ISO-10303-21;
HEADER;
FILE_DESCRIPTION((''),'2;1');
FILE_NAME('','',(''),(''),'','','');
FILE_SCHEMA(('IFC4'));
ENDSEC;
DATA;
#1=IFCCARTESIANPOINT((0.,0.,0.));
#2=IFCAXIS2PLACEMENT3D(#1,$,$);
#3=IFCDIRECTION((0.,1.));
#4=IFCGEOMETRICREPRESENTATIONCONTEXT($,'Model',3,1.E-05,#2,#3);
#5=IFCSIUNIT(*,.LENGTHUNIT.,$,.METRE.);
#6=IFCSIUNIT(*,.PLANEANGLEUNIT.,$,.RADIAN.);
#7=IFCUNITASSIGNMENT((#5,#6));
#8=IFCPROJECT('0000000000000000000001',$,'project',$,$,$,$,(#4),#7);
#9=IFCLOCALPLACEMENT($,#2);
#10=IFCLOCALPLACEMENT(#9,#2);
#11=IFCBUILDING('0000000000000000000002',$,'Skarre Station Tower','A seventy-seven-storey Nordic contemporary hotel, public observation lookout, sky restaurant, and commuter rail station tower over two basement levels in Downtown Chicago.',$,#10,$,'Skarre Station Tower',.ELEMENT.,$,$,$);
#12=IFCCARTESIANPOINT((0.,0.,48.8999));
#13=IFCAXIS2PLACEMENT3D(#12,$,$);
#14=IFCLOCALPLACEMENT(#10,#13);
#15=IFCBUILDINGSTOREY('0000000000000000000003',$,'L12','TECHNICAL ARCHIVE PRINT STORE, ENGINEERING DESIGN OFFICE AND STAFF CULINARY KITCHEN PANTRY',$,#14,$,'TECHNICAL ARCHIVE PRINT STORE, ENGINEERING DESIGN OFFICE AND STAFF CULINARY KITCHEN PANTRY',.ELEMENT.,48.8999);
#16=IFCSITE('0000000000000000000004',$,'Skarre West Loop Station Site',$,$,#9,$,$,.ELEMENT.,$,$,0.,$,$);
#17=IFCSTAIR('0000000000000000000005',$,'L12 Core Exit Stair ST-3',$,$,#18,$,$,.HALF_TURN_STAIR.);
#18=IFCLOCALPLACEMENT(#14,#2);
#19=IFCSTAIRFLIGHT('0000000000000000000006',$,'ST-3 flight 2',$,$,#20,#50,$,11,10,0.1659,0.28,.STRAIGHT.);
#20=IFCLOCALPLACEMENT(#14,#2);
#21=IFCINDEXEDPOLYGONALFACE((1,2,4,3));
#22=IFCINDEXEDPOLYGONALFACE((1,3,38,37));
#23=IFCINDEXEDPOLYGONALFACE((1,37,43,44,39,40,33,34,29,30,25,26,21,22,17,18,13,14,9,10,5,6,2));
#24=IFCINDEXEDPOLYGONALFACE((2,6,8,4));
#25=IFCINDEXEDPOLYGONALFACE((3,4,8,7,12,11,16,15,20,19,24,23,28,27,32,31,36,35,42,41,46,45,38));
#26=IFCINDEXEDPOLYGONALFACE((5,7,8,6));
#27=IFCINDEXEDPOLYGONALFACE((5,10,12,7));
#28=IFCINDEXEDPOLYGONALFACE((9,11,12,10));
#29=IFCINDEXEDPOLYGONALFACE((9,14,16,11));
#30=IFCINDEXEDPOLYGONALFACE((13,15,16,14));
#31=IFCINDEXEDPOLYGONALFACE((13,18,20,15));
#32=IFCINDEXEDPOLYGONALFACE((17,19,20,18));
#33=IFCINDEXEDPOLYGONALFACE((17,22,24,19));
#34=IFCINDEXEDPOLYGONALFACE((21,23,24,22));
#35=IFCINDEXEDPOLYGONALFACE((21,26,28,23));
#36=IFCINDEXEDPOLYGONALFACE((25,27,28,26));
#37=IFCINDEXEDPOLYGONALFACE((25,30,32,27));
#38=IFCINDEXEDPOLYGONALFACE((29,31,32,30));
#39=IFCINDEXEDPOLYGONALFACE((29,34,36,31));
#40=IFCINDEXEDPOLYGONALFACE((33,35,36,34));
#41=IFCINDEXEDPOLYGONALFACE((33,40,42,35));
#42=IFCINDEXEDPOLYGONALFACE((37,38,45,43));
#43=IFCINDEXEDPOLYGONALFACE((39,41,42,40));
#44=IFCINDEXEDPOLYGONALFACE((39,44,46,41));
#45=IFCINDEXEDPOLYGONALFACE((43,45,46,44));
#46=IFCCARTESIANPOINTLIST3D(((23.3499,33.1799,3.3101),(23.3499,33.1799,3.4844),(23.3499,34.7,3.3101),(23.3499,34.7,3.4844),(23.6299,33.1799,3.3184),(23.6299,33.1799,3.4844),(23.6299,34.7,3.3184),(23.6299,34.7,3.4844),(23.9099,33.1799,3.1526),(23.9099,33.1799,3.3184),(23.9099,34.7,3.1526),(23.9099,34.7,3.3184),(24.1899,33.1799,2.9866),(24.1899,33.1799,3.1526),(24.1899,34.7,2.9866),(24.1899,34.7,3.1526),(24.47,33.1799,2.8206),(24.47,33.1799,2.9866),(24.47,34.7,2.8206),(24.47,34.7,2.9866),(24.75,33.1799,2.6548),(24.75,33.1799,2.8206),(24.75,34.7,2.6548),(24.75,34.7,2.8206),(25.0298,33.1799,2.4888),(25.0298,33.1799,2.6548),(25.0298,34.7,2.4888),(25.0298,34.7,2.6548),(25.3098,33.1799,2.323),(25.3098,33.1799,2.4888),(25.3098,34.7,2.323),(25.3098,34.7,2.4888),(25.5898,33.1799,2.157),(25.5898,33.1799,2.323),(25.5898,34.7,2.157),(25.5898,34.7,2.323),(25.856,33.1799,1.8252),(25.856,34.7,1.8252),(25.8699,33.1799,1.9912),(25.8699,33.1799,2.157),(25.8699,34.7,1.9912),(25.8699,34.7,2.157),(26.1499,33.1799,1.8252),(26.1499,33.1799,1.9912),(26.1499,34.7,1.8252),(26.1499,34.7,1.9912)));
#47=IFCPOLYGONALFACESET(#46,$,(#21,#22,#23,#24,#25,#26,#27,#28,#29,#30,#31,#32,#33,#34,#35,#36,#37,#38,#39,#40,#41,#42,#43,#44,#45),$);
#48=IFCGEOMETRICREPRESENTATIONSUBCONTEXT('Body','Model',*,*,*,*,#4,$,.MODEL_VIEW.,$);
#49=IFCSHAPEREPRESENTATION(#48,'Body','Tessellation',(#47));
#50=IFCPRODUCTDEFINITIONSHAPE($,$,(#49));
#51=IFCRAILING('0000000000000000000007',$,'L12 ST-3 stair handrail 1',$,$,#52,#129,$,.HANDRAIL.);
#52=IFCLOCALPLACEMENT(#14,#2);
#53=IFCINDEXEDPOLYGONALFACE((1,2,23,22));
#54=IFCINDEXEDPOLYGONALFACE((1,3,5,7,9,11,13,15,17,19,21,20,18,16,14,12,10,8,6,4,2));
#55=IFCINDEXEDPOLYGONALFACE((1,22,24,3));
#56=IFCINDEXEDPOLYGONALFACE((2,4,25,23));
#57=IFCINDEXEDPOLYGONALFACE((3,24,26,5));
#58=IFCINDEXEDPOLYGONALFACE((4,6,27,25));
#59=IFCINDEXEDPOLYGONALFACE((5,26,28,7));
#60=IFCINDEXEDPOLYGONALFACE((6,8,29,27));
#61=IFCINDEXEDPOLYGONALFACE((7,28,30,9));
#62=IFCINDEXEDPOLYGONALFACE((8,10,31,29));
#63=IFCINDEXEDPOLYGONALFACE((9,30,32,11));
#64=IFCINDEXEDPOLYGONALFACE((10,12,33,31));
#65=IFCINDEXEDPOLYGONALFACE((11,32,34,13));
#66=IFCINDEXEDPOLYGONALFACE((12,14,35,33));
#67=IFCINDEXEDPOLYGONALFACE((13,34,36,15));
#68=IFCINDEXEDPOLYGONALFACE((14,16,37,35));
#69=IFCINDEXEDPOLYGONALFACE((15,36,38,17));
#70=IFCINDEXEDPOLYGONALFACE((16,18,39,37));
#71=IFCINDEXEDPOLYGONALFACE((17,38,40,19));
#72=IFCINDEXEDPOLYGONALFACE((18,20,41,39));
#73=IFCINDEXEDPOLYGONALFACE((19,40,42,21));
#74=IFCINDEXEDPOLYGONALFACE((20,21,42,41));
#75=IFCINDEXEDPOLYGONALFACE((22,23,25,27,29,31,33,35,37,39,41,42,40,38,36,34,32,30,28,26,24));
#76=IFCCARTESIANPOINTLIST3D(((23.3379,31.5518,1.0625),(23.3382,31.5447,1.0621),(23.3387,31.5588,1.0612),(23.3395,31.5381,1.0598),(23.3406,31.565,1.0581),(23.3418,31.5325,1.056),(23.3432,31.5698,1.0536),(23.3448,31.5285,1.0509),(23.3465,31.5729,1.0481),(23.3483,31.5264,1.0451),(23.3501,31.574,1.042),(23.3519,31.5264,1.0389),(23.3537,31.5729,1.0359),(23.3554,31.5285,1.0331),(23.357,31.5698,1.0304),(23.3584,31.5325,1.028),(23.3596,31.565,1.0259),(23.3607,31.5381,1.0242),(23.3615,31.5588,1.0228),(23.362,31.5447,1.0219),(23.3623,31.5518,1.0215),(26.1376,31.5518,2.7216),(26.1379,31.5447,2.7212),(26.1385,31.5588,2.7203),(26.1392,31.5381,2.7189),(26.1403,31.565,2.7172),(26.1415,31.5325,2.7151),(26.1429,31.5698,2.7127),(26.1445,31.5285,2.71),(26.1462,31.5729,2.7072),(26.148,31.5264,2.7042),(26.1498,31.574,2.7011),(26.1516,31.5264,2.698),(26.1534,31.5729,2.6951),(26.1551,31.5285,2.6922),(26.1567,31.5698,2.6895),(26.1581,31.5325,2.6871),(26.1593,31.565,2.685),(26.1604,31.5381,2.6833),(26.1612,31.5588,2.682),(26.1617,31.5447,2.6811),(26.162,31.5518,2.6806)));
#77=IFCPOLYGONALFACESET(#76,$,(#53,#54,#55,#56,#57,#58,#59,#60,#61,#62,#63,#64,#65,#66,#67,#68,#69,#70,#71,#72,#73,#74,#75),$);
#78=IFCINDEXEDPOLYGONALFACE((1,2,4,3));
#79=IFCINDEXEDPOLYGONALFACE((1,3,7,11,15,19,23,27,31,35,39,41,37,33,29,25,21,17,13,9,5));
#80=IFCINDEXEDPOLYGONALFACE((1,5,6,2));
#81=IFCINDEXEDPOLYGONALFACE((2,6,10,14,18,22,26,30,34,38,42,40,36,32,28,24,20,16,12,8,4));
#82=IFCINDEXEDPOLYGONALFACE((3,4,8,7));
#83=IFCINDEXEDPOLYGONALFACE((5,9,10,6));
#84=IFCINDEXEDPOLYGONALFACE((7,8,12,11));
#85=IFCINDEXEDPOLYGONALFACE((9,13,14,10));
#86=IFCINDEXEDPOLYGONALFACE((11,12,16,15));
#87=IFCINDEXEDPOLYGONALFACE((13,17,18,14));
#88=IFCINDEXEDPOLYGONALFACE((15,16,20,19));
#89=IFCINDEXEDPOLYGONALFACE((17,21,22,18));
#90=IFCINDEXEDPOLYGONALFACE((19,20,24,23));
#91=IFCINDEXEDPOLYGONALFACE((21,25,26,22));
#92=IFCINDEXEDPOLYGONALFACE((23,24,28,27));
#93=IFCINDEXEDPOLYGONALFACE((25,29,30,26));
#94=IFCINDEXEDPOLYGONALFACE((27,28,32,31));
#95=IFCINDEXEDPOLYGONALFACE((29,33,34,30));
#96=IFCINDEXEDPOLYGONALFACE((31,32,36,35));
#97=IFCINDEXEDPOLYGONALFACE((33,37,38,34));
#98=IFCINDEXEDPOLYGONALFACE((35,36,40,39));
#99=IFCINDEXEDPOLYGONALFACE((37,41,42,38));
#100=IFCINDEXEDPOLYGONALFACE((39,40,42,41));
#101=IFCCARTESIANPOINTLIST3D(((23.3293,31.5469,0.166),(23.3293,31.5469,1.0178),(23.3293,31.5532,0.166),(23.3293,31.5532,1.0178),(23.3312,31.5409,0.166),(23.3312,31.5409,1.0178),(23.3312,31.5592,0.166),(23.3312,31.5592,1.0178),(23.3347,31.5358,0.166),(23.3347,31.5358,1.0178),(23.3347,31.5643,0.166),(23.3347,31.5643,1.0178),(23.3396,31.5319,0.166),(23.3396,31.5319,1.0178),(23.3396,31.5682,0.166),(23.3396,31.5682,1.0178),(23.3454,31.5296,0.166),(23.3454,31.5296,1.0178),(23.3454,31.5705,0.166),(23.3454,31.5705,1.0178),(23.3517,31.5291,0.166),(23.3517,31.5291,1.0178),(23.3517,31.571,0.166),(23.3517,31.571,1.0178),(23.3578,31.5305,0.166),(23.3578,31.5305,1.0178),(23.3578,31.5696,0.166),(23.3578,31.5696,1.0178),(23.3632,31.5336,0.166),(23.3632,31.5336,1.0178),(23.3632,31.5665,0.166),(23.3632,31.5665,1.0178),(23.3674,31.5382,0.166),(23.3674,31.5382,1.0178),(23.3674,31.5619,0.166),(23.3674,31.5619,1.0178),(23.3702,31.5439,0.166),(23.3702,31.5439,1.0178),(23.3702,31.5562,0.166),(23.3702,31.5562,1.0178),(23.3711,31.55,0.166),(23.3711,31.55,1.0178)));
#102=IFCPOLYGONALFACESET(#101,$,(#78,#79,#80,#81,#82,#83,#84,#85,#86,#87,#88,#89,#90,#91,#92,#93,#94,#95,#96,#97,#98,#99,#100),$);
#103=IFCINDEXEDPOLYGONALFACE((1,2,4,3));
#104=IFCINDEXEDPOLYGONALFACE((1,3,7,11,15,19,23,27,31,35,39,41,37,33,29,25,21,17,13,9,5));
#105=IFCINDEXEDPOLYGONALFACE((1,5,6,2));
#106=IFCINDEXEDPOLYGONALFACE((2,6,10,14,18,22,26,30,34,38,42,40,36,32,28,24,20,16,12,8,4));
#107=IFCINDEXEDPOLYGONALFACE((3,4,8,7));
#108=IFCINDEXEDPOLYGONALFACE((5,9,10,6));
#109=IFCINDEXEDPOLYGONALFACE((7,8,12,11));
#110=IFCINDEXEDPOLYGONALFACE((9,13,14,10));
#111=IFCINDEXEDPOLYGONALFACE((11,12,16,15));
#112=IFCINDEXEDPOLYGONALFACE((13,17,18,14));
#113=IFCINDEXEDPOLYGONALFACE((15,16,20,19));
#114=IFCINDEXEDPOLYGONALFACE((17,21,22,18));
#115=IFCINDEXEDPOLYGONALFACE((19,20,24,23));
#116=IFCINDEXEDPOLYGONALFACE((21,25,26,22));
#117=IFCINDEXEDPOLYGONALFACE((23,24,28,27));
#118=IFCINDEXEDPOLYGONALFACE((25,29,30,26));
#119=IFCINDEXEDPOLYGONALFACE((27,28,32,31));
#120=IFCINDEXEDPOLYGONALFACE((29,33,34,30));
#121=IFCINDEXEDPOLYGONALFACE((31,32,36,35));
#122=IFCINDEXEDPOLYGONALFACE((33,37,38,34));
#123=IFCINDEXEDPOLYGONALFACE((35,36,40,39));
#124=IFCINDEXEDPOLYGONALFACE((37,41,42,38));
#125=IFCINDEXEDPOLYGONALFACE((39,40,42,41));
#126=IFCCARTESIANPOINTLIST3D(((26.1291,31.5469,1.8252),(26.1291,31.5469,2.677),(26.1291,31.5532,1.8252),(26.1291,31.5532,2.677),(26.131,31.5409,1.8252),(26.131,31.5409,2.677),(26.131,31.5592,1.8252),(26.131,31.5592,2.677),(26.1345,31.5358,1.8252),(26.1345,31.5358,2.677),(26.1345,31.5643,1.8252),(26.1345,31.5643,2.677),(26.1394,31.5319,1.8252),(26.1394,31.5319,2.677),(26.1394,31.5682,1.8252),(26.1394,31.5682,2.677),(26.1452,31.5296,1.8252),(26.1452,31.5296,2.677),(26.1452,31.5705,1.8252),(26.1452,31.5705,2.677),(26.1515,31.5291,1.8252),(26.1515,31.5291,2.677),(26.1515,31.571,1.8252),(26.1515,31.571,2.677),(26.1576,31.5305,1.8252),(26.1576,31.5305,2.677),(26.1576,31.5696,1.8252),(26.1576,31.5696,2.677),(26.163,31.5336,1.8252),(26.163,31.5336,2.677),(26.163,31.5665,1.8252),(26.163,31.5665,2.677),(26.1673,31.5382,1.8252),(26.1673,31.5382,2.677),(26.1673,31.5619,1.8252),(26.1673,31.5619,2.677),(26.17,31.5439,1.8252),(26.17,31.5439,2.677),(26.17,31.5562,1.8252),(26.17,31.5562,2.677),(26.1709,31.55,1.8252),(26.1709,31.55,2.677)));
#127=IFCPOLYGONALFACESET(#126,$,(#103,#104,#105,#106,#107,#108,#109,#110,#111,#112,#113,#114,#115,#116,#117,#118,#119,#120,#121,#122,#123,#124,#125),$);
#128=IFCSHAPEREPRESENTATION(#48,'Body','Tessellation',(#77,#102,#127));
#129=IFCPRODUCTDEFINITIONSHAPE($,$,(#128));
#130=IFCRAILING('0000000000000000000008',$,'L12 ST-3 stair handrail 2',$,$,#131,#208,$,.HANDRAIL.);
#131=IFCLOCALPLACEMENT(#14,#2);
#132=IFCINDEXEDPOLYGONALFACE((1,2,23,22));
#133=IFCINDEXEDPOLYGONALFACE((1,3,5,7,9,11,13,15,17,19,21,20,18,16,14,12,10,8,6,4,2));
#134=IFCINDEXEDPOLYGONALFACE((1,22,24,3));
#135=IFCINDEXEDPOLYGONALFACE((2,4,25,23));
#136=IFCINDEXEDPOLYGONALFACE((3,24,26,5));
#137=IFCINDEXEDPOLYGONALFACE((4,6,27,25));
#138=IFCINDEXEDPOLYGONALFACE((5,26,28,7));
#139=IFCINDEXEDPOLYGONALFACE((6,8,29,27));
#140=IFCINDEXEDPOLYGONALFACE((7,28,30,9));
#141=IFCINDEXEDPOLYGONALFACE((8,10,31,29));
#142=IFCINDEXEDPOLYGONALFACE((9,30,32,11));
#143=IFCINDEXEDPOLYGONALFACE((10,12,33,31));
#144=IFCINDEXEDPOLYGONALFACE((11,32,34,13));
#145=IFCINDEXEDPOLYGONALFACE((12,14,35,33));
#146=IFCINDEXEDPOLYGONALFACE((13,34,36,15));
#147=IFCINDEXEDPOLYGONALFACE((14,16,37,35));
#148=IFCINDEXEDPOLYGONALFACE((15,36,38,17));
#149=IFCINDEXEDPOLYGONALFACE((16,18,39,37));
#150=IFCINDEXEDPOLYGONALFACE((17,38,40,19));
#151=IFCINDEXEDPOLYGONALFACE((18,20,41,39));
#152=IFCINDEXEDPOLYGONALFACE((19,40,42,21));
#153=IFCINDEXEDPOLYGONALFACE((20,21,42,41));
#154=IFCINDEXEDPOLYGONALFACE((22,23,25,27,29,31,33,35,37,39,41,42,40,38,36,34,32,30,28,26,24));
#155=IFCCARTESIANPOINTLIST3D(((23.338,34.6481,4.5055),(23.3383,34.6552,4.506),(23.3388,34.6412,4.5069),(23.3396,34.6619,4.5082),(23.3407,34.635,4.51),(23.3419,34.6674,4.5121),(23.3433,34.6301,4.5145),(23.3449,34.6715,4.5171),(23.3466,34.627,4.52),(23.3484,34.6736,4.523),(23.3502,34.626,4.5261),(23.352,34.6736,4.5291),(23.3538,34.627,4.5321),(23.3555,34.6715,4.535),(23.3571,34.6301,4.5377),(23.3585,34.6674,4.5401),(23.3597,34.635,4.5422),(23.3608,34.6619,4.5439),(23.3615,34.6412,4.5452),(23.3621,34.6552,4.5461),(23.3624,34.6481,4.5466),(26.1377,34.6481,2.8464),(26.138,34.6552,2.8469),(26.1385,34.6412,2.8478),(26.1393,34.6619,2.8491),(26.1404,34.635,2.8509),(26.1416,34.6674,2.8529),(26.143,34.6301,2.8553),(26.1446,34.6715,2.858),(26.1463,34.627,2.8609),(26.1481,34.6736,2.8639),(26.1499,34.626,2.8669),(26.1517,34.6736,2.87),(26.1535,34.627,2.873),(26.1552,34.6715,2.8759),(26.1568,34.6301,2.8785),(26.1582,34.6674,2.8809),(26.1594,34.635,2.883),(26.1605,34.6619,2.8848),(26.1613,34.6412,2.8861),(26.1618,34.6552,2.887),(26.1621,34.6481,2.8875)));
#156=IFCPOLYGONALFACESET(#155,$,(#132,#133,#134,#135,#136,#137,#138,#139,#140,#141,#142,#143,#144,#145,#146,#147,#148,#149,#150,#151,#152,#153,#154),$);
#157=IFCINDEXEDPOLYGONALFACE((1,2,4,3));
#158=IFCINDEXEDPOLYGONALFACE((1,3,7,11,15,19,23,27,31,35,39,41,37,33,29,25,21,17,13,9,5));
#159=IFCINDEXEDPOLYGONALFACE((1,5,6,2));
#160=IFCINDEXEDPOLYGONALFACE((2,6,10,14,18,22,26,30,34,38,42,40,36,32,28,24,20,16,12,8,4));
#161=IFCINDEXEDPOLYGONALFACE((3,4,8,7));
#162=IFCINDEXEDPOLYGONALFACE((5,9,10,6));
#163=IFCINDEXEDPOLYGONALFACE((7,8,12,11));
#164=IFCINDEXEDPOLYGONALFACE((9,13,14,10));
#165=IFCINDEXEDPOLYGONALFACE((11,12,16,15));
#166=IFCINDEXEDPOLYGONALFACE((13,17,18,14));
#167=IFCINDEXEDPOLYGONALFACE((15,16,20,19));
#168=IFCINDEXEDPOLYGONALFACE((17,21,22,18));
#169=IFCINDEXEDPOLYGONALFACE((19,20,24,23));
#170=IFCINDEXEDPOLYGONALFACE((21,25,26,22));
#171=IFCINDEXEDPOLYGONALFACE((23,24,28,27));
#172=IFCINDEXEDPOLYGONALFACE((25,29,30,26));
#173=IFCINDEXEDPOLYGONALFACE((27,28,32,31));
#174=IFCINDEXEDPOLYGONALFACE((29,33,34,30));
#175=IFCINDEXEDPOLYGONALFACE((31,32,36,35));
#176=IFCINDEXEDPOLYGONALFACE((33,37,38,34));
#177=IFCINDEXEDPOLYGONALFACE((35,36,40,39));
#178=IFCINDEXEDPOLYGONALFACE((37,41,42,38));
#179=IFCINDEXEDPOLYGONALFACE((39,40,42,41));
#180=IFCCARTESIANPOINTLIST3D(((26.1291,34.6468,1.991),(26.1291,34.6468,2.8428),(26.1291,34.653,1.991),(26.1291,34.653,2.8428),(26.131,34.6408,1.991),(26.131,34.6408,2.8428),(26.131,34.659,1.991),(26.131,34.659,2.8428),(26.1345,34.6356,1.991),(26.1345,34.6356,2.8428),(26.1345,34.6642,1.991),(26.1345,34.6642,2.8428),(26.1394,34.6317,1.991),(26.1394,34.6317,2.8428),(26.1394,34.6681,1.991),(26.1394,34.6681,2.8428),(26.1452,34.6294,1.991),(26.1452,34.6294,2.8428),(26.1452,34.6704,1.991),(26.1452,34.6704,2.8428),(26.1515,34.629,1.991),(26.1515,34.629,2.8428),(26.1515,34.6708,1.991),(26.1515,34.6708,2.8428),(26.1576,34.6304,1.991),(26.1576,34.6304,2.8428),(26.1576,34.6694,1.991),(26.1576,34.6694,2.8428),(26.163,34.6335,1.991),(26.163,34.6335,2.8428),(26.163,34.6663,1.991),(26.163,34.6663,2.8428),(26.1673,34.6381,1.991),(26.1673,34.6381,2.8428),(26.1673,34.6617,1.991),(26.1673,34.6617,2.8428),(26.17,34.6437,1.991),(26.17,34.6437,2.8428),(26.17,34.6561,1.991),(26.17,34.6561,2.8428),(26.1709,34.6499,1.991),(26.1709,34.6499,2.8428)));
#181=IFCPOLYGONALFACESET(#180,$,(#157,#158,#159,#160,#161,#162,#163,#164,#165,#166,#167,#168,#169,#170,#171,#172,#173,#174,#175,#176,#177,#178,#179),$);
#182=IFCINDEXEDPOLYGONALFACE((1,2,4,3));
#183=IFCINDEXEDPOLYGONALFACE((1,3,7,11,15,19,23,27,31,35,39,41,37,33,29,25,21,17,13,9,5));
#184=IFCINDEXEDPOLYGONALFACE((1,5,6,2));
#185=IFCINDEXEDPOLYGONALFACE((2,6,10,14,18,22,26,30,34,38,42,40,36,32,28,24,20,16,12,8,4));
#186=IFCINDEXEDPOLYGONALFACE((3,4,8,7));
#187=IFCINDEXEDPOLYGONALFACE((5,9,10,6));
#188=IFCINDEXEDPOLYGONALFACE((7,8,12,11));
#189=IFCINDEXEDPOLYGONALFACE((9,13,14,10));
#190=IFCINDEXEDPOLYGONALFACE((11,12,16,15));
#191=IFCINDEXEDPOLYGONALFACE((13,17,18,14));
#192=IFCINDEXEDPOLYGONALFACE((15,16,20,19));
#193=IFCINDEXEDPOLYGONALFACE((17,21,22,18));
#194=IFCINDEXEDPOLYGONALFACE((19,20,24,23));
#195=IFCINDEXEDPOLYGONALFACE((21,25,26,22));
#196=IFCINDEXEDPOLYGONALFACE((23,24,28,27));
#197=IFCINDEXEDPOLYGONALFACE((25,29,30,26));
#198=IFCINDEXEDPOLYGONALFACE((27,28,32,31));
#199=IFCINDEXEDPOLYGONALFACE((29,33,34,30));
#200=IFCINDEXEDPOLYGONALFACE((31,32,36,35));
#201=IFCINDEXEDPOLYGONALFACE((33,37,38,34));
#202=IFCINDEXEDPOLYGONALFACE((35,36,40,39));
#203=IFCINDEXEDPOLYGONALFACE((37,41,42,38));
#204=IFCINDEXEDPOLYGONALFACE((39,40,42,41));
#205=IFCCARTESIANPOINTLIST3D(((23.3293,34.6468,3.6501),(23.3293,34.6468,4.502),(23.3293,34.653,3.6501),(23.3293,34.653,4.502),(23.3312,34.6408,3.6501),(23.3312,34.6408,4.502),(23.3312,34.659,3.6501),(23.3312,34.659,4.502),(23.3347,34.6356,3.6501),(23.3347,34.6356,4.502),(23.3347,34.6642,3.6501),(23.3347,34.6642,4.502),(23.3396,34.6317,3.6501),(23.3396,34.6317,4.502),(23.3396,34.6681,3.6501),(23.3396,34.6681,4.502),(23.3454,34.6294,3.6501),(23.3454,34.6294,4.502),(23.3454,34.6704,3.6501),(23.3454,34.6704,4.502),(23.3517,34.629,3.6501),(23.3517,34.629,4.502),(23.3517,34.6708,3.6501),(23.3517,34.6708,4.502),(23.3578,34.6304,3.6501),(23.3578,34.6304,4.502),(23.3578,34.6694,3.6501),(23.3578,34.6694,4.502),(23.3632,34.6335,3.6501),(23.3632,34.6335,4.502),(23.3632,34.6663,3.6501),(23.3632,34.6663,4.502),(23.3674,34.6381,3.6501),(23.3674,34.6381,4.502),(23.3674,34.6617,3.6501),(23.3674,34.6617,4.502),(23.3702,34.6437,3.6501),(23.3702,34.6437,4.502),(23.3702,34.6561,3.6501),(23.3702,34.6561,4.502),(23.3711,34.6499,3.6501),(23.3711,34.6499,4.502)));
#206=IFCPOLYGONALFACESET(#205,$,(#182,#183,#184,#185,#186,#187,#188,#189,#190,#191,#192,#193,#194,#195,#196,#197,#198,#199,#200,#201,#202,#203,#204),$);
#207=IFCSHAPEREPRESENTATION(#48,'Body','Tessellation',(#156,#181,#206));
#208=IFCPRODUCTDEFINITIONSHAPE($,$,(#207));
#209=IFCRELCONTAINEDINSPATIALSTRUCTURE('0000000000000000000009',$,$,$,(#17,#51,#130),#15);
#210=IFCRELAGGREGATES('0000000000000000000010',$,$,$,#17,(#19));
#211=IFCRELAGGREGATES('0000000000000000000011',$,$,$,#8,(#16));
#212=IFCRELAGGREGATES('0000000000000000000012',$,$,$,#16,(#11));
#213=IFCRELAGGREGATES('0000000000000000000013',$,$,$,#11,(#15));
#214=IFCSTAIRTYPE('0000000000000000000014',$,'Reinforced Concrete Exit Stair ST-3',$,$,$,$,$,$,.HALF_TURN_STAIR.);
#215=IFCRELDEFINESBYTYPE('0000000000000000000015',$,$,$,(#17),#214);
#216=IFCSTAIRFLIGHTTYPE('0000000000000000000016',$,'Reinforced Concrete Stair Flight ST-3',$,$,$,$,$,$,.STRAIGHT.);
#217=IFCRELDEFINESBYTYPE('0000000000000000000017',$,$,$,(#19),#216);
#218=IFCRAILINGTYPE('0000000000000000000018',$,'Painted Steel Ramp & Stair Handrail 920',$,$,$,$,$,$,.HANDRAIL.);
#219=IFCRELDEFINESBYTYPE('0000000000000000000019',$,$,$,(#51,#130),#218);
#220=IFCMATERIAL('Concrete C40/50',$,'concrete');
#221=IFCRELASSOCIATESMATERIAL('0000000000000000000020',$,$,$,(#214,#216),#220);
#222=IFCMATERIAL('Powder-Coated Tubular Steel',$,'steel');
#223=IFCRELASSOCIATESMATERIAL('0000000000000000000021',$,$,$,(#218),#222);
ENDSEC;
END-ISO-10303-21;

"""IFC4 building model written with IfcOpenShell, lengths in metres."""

from ifc_helpers import new_model, si_unit, direction, frame, origin, origin_2d, place, context, subcontext, project, spatial, polyline, circle, outline, extrude, material, type_object, element, aggregate, save


model = new_model("IFC4")

# Units and contexts
model_context = context("Model", 3, precision=1e-05, world=origin(), true_north=direction((0.0, 1.0)))
body_context = subcontext(model_context, "Body", "Model", "MODEL_VIEW")
ifc_project = project(units=[si_unit("LENGTHUNIT", "METRE"), si_unit("PLANEANGLEUNIT", "RADIAN")], contexts=[model_context])

# Site, building, storey
site_placement = place(None, origin())
site = spatial("IfcSite", under=ifc_project, at=site_placement, Name="Skarre West Loop Station Site", CompositionType="ELEMENT", RefElevation=0.0)
building_placement = place(site_placement, origin())
building = spatial("IfcBuilding", under=site, at=building_placement, Name="Skarre Station Tower", Description="A seventy-seven-storey Nordic contemporary hotel, public observation lookout, sky restaurant, and commuter rail station tower over two basement levels in Downtown Chicago.", LongName="Skarre Station Tower", CompositionType="ELEMENT")
storey_placement = place(building_placement, frame((0.0, 0.0, 48.8999)))
storey = spatial("IfcBuildingStorey", under=building, at=storey_placement, Name="L12", Description="TECHNICAL ARCHIVE PRINT STORE, ENGINEERING DESIGN OFFICE AND STAFF CULINARY KITCHEN PANTRY", LongName="TECHNICAL ARCHIVE PRINT STORE, ENGINEERING DESIGN OFFICE AND STAFF CULINARY KITCHEN PANTRY", CompositionType="ELEMENT", Elevation=48.8999)

# Stair, stair flight
ifc_material_1 = material(Name="Concrete C40/50", Category="concrete")
stair_type = type_object("IfcStairType", Name="Reinforced Concrete Exit Stair ST-3", PredefinedType="HALF_TURN_STAIR", material=ifc_material_1)
stair_placement = place(storey_placement, origin())
stair = element("IfcStair", 1, at=stair_placement, inside=storey, type_object=stair_type, Name="L12 Core Exit Stair ST-3", PredefinedType="HALF_TURN_STAIR")
stair_flight_type = type_object("IfcStairFlightType", Name="Reinforced Concrete Stair Flight ST-3", PredefinedType="STRAIGHT", material=ifc_material_1)
stair_flight_1_placement = place(storey_placement, frame((26.1499, 33.9399, 1.8252), z_axis=(0.0, 0.0, 1.0), x_axis=(-1.0, 0.0, 0.0)))
stair_flight_1 = element("IfcStairFlight", 2, at=stair_flight_1_placement, type_object=stair_flight_type, Name="ST-3 flight 2", NumberOfRisers=11, NumberOfTreads=10, PredefinedType="STRAIGHT", RiserHeight=0.1659, TreadLength=0.28, context=body_context, shape_type="SweptSolid", body=[
    extrude(outline(polyline([(0.0, 0.0), (0.0, 0.166), (0.28, 0.166), (0.28, 0.3318), (0.5601, 0.3318), (0.5601, 0.4978), (0.8401, 0.4978), (0.8401, 0.6636), (1.1201, 0.6636), (1.1201, 0.8296), (1.3999, 0.8296), (1.3999, 0.9954), (1.6799, 0.9954), (1.6799, 1.1614), (1.96, 1.1614), (1.96, 1.3274), (2.24, 1.3274), (2.24, 1.4932), (2.52, 1.4932), (2.52, 1.6592), (2.8, 1.6592), (2.8, 1.825), (2.8, 1.4849), (0.2939, 0.0), (0.0, 0.0)])), frame((0.0, 0.76, 0.0), z_axis=(0.0, -1.0, 0.0), x_axis=(1.0, 0.0, 0.0)), (0.0, 0.0, 1.0), 1.52),
])
aggregate(stair, [stair_flight_1])

# Railings
ifc_material_2 = material(Name="Powder-Coated Tubular Steel", Category="steel")
railing_type_1 = type_object("IfcRailingType", Name="Painted Steel Ramp & Stair Handrail 920", PredefinedType="HANDRAIL", material=ifc_material_2)
railing_1_placement = place(storey_placement, frame((23.3501, 31.55, 0.166)))
element("IfcRailing", 3, at=railing_1_placement, inside=storey, type_object=railing_type_1, Name="L12 ST-3 stair handrail 1", PredefinedType="HANDRAIL", context=body_context, shape_type="SweptSolid", body=[
    extrude(circle(Radius=0.0239, at=origin_2d()), frame((0.0, 0.0, 0.876), z_axis=(0.860287, 0.0, 0.509811), x_axis=(0.0, 1.0, 0.0)), (0.0, 0.0, 1.0), 3.2544),
    extrude(circle(Radius=0.021, at=origin_2d()), origin(), (0.0, 0.0, 1.0), 0.8518),
    extrude(circle(Radius=0.021, at=origin_2d()), frame((2.7998, 0.0, 1.6592)), (0.0, 0.0, 1.0), 0.8518),
])
railing_2_placement = place(storey_placement, frame((26.1499, 34.6499, 1.991)))
element("IfcRailing", 4, at=railing_2_placement, inside=storey, type_object=railing_type_1, Name="L12 ST-3 stair handrail 2", PredefinedType="HANDRAIL", context=body_context, shape_type="SweptSolid", body=[
    extrude(circle(Radius=0.0239, at=origin_2d()), frame((0.0, 0.0, 0.876), z_axis=(-0.860287, 0.0, 0.509811), x_axis=(0.0, -1.0, 0.0)), (0.0, 0.0, 1.0), 3.2544),
    extrude(circle(Radius=0.021, at=origin_2d()), origin(), (0.0, 0.0, 1.0), 0.8518),
    extrude(circle(Radius=0.021, at=origin_2d()), frame((-2.7998, 0.0, 1.6592)), (0.0, 0.0, 1.0), 0.8518),
])

save(model, "model.ifc")
